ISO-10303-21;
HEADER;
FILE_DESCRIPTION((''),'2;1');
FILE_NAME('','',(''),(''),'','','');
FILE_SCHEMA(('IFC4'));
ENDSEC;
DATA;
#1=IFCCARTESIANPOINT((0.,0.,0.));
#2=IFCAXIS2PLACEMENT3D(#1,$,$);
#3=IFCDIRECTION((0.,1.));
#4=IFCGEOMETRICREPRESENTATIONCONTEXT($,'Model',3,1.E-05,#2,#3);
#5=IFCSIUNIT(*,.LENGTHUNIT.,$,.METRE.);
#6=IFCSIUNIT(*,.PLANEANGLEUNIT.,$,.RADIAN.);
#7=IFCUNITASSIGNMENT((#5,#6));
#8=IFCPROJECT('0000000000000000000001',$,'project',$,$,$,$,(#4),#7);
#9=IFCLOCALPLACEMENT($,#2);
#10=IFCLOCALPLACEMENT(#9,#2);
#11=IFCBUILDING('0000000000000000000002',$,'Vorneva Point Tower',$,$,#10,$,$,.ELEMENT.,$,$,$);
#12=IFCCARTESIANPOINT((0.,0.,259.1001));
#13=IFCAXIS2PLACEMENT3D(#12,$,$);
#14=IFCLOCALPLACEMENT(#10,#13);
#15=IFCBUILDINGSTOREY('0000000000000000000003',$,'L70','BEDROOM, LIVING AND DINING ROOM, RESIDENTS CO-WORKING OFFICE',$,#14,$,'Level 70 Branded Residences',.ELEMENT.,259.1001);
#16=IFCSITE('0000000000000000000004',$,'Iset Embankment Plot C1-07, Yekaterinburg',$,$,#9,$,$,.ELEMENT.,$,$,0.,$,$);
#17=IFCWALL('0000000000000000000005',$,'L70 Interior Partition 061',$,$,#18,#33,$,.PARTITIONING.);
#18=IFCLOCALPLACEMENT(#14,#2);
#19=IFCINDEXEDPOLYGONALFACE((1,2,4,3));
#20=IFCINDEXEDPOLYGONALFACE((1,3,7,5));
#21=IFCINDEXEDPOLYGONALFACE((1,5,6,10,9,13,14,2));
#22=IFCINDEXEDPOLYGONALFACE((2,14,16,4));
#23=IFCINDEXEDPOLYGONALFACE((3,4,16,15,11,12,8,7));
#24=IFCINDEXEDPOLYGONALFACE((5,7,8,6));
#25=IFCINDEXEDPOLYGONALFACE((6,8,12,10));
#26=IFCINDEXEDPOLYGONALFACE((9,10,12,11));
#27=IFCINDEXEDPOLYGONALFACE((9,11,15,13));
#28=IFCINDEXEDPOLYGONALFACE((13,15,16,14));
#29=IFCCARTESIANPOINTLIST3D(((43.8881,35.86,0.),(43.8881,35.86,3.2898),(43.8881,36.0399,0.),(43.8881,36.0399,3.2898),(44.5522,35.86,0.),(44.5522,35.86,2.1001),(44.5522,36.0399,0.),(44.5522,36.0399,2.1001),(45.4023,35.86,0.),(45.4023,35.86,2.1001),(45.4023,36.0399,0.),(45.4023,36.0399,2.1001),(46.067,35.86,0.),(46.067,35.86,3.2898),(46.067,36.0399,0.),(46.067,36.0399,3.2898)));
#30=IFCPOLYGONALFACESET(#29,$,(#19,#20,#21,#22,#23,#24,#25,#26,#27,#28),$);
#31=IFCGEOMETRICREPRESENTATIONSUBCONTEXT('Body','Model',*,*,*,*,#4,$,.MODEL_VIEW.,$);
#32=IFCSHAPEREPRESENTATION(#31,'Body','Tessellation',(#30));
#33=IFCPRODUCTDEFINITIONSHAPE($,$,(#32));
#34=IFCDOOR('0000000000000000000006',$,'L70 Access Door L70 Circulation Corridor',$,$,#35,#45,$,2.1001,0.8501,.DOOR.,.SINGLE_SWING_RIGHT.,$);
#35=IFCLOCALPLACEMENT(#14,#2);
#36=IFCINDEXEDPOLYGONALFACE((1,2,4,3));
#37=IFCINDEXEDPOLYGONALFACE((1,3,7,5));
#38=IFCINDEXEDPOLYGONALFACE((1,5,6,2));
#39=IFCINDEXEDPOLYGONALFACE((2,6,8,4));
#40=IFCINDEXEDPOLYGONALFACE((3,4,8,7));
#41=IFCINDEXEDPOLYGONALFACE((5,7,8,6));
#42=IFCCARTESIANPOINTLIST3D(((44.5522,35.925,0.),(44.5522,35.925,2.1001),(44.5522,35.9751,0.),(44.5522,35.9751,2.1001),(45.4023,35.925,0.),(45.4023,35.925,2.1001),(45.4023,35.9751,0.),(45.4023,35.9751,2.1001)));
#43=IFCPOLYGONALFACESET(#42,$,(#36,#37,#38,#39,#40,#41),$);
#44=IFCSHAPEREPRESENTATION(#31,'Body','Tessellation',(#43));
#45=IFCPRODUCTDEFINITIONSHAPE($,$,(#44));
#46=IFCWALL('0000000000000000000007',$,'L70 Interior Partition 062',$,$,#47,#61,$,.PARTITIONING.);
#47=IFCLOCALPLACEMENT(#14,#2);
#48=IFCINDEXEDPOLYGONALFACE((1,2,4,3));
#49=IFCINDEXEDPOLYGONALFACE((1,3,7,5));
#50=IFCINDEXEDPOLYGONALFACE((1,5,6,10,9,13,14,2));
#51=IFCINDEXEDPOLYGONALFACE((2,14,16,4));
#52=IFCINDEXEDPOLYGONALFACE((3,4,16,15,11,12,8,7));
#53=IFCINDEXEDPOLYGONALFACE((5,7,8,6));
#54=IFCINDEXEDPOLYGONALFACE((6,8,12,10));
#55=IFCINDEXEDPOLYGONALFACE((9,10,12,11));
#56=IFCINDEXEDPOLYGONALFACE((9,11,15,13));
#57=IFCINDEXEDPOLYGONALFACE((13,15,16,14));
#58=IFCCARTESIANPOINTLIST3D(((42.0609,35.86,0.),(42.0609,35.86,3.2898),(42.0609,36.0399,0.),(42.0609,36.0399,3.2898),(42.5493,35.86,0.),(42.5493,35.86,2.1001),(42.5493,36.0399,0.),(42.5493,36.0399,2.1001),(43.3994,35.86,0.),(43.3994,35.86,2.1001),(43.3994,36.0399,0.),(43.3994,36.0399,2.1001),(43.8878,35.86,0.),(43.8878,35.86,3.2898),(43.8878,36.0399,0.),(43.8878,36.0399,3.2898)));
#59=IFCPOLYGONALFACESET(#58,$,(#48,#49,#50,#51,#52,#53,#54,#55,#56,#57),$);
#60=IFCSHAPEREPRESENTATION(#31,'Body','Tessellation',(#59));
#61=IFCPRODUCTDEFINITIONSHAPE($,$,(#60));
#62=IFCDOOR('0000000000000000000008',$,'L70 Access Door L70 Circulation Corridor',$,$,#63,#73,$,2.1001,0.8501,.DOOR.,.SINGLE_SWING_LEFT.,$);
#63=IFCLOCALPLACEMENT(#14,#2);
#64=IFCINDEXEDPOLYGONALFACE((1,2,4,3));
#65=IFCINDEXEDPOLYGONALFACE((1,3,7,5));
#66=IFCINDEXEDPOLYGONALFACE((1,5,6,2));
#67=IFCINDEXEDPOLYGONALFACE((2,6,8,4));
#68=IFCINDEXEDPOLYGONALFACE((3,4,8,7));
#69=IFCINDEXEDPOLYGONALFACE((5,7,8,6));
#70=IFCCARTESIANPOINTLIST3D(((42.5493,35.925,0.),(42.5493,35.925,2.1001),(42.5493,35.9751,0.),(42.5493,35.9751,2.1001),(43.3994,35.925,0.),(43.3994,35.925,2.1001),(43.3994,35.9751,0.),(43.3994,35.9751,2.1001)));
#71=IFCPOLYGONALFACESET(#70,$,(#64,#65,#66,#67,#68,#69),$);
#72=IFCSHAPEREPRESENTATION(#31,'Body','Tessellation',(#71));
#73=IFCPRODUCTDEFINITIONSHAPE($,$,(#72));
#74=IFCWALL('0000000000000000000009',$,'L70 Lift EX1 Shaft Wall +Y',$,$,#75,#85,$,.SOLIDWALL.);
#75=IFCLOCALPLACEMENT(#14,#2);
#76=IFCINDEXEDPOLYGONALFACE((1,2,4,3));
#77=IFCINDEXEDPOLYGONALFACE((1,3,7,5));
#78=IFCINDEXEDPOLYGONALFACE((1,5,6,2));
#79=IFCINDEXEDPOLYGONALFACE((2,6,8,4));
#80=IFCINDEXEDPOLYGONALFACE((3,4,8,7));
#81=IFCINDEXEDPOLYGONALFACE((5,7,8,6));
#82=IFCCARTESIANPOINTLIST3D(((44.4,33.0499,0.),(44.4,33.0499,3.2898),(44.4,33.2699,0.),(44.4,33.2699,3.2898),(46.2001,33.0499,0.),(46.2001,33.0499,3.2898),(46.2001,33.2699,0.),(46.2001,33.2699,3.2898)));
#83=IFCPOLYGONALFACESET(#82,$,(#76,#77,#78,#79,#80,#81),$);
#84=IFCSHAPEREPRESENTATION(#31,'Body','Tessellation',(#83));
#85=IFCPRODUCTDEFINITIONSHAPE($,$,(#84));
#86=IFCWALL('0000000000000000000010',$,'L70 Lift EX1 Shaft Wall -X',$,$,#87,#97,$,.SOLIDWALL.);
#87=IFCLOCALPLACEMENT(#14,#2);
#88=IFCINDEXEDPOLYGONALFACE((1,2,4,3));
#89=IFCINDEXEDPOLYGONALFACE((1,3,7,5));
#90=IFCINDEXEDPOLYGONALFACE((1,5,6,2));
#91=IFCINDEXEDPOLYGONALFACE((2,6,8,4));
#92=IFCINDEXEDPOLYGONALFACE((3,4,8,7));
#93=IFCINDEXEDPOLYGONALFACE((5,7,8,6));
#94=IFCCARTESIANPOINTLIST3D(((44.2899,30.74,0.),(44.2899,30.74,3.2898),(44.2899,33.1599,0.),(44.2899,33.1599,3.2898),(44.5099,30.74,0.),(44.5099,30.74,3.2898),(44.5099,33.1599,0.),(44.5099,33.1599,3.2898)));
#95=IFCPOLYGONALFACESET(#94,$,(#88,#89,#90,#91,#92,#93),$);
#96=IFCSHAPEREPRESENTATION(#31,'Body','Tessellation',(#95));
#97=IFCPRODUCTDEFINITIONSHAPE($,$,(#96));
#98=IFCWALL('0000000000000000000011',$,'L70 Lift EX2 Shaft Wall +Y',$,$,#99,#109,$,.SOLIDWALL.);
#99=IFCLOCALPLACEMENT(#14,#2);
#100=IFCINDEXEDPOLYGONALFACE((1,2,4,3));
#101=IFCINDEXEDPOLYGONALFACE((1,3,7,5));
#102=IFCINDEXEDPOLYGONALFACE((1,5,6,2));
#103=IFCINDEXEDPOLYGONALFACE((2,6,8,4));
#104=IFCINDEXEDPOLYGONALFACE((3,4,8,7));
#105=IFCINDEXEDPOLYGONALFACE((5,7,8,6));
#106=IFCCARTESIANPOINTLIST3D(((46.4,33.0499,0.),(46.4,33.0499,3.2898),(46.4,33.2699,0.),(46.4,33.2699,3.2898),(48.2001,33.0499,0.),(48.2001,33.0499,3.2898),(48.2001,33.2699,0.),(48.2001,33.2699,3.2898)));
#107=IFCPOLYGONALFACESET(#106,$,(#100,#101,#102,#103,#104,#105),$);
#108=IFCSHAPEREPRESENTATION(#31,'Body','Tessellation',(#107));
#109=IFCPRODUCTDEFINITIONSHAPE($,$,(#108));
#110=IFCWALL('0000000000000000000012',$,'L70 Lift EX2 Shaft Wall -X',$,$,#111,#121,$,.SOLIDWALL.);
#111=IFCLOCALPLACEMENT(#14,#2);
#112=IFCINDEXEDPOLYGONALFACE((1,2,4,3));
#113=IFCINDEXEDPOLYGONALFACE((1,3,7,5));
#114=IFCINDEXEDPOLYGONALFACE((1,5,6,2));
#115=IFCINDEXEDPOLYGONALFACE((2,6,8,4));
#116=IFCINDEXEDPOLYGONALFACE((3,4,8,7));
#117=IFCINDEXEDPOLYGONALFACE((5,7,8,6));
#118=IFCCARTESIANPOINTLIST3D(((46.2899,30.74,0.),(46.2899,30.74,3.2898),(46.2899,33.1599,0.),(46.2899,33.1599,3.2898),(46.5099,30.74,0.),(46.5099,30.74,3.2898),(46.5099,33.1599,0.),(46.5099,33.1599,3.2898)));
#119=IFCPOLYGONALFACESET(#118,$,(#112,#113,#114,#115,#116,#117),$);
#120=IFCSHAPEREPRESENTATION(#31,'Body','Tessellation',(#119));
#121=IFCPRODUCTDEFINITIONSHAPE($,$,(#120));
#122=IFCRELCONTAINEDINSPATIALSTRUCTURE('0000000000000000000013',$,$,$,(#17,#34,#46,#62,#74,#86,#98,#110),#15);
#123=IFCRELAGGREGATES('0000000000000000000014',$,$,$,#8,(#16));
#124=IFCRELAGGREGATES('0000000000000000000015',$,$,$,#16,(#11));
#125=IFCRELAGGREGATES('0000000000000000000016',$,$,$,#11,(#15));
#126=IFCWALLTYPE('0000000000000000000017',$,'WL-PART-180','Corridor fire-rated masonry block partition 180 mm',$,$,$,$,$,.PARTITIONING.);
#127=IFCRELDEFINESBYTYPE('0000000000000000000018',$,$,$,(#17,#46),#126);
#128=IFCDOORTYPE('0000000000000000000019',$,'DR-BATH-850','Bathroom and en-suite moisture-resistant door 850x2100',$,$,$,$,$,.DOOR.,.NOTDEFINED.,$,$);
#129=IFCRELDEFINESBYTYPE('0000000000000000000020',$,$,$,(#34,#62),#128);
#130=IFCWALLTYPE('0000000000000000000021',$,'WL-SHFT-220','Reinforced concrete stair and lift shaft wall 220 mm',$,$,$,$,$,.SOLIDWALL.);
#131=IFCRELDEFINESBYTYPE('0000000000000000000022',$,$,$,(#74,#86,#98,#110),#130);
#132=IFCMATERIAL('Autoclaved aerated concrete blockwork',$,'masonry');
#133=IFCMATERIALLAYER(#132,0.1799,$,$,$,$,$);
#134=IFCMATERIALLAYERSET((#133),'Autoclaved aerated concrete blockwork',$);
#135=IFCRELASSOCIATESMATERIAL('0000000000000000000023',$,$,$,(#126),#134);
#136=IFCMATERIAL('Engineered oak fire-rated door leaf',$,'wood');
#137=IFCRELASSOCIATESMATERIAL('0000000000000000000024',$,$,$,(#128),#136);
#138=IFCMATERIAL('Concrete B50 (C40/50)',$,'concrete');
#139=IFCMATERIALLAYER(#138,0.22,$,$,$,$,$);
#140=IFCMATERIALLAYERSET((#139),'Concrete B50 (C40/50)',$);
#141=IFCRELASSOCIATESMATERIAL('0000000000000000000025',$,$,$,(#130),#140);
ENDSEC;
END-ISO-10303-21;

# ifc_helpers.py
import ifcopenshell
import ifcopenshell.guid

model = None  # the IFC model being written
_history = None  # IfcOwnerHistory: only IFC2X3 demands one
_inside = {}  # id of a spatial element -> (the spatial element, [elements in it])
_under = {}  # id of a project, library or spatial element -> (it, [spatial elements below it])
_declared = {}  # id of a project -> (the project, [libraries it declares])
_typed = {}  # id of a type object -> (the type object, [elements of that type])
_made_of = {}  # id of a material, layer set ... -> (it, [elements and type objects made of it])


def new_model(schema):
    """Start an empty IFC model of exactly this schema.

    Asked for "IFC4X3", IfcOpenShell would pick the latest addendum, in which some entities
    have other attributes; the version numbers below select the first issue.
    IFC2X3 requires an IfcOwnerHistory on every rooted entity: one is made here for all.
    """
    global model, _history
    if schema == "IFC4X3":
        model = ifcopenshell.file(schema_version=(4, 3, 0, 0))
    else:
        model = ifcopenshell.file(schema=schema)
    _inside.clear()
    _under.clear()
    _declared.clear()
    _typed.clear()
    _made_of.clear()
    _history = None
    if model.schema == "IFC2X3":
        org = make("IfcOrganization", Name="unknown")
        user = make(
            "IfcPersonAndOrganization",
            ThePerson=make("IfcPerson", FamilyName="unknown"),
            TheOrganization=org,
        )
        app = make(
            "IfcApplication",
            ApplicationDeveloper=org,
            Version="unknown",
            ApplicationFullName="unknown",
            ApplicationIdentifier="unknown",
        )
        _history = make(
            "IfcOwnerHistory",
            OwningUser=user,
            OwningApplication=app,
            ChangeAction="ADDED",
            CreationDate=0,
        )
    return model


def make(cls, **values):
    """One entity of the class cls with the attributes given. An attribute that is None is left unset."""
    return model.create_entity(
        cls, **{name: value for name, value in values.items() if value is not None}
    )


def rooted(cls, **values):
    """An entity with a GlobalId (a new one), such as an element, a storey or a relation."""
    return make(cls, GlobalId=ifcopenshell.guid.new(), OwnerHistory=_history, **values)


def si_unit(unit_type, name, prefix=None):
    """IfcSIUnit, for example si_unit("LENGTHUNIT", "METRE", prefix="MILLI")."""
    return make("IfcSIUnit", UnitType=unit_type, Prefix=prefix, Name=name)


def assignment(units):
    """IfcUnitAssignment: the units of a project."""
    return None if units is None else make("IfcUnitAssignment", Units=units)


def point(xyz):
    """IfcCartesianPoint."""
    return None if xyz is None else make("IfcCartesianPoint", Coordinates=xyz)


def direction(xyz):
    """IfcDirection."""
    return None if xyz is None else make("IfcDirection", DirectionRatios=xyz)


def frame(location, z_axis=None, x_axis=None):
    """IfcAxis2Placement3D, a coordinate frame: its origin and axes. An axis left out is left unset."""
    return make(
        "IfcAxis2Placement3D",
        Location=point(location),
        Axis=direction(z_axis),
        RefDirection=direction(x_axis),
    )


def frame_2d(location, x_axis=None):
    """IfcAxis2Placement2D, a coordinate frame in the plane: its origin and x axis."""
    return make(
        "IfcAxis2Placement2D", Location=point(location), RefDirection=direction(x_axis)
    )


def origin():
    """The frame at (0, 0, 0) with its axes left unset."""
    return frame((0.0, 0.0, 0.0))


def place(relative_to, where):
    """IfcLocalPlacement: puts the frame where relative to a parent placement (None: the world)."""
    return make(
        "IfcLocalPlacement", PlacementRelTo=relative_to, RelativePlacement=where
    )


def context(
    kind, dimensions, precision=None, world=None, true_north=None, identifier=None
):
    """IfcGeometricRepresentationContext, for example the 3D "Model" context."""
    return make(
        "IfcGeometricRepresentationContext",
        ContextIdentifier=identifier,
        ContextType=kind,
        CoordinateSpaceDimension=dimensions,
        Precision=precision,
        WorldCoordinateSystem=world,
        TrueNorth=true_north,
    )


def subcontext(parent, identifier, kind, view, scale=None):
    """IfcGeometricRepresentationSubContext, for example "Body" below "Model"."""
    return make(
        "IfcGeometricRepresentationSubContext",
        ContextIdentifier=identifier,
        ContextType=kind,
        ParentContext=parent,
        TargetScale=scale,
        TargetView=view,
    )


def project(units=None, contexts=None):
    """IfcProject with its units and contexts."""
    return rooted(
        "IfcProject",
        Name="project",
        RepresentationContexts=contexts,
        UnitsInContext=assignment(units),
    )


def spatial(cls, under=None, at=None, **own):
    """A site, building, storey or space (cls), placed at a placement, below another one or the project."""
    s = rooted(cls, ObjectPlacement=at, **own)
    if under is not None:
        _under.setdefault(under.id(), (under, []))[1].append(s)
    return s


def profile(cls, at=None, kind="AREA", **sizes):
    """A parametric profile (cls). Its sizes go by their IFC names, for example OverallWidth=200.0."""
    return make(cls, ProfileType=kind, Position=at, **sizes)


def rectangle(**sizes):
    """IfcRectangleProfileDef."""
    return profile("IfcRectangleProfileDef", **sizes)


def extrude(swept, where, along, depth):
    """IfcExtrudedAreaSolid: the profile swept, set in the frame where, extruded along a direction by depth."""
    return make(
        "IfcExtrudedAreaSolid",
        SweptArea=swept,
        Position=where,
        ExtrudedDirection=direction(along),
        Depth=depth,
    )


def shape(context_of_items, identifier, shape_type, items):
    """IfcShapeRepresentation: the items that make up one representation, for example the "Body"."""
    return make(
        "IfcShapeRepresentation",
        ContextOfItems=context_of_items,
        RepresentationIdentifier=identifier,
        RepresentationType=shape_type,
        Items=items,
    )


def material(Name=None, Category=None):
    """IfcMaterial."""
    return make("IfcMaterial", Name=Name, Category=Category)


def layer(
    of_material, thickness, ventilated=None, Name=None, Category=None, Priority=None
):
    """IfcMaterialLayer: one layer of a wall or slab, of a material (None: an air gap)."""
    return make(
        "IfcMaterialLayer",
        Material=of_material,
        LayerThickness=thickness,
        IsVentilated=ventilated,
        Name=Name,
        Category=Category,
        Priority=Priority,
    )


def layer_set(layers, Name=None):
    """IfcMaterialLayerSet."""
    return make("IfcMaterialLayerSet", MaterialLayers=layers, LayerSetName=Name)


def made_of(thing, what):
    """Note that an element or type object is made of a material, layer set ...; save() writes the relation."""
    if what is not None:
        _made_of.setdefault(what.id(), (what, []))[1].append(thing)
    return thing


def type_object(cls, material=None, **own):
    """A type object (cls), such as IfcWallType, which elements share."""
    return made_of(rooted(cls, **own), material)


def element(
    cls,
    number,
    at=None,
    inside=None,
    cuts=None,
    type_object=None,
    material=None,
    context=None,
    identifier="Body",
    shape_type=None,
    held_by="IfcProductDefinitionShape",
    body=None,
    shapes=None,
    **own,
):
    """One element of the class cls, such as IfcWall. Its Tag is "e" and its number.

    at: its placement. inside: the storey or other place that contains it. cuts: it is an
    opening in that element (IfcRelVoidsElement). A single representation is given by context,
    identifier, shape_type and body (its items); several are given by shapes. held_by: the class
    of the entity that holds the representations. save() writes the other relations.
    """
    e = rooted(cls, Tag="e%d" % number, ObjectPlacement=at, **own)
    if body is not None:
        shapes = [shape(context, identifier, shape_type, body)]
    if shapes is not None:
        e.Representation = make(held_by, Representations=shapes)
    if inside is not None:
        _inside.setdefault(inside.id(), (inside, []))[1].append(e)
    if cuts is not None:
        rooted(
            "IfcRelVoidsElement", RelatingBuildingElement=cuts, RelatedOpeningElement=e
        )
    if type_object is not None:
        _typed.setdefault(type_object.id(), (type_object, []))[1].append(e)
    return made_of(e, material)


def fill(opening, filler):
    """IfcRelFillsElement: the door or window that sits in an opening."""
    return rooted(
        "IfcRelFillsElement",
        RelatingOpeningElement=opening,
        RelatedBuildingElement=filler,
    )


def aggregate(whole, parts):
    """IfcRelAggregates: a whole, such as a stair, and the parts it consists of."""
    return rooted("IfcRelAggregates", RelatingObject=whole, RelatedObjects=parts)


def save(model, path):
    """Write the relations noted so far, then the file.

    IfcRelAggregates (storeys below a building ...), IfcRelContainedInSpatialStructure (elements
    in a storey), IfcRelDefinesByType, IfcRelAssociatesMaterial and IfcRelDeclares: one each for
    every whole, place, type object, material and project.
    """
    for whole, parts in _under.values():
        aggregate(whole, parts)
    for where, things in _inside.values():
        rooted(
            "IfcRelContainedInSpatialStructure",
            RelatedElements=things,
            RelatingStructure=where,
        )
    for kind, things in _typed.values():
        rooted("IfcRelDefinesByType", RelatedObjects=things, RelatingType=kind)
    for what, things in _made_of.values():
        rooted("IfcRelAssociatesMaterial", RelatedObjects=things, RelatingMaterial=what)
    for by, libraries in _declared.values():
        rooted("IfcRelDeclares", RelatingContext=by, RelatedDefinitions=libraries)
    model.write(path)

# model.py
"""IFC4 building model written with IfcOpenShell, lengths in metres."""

from ifc_helpers import new_model, si_unit, direction, frame, frame_2d, origin, place, context, subcontext, project, spatial, rectangle, extrude, material, layer, layer_set, type_object, element, fill, save


model = new_model("IFC4")

# Units and contexts
model_context = context("Model", 3, precision=1e-05, world=origin(), true_north=direction((0.0, 1.0)))
body_context = subcontext(model_context, "Body", "Model", "MODEL_VIEW")
ifc_project = project(units=[si_unit("LENGTHUNIT", "METRE"), si_unit("PLANEANGLEUNIT", "RADIAN")], contexts=[model_context])

# Site, building, storey
site_placement = place(None, origin())
site = spatial("IfcSite", under=ifc_project, at=site_placement, Name="Iset Embankment Plot C1-07, Yekaterinburg", CompositionType="ELEMENT", RefElevation=0.0)
building_placement = place(site_placement, origin())
building = spatial("IfcBuilding", under=site, at=building_placement, Name="Vorneva Point Tower", CompositionType="ELEMENT")
storey_placement = place(building_placement, frame((0.0, 0.0, 259.1001)))
storey = spatial("IfcBuildingStorey", under=building, at=storey_placement, Name="L70", Description="BEDROOM, LIVING AND DINING ROOM, RESIDENTS CO-WORKING OFFICE", LongName="Level 70 Branded Residences", CompositionType="ELEMENT", Elevation=259.1001)

# Shared definitions
ifc_material_1 = material(Name="Concrete B50 (C40/50)", Category="concrete")

# Shared definitions
ifc_material_2 = material(Name="Autoclaved aerated concrete blockwork", Category="masonry")
ifc_layer_1 = layer(ifc_material_2, 0.1799)
ifc_layer_set_1 = layer_set([ifc_layer_1], Name="Autoclaved aerated concrete blockwork")
wall_type_1 = type_object("IfcWallType", Name="WL-PART-180", Description="Corridor fire-rated masonry block partition 180 mm", PredefinedType="PARTITIONING", material=ifc_layer_set_1)
ifc_material_3 = material(Name="Engineered oak fire-rated door leaf", Category="wood")
door_type = type_object("IfcDoorType", Name="DR-BATH-850", Description="Bathroom and en-suite moisture-resistant door 850x2100", OperationType="NOTDEFINED", PredefinedType="DOOR", material=ifc_material_3)

# Walls, openings, doors
wall_1_placement = place(storey_placement, frame((46.0669, 35.95, 0.0), z_axis=(0.0, 0.0, 1.0), x_axis=(-1.0, 0.0, 0.0)))
wall_1 = element("IfcWall", 1, at=wall_1_placement, inside=storey, type_object=wall_type_1, Name="L70 Interior Partition 061", PredefinedType="PARTITIONING", context=body_context, shape_type="SweptSolid", body=[
    extrude(rectangle(XDim=2.179, YDim=0.1799, at=frame_2d((1.0894, 0.0))), origin(), (0.0, 0.0, 1.0), 3.2898),
])
opening_1_placement = place(wall_1_placement, frame((0.6646, 0.0, 0.0)))
opening_1 = element("IfcOpeningElement", 2, at=opening_1_placement, cuts=wall_1, PredefinedType="OPENING", context=body_context, shape_type="SweptSolid", body=[
    extrude(rectangle(XDim=0.8501, YDim=2.1001, at=frame_2d((0.425, 1.05))), frame((0.0, 0.105, 0.0), z_axis=(0.0, -1.0, 0.0), x_axis=(1.0, 0.0, 0.0)), (0.0, 0.0, 1.0), 0.2097),
])
door_1_placement = place(opening_1_placement, origin())
door_1 = element("IfcDoor", 3, at=door_1_placement, inside=storey, type_object=door_type, Name="L70 Access Door L70 Circulation Corridor", OperationType="SINGLE_SWING_RIGHT", OverallHeight=2.1001, OverallWidth=0.8501, PredefinedType="DOOR", context=body_context, shape_type="SweptSolid", body=[
    extrude(rectangle(XDim=0.8501, YDim=2.1001, at=frame_2d((0.425, 1.05))), frame((0.0, 0.0249, 0.0), z_axis=(0.0, -1.0, 0.0), x_axis=(1.0, 0.0, 0.0)), (0.0, 0.0, 1.0), 0.05),
])
fill(opening_1, door_1)
wall_2_placement = place(storey_placement, frame((43.8879, 35.95, 0.0), z_axis=(0.0, 0.0, 1.0), x_axis=(-1.0, 0.0, 0.0)))
wall_2 = element("IfcWall", 4, at=wall_2_placement, inside=storey, type_object=wall_type_1, Name="L70 Interior Partition 062", PredefinedType="PARTITIONING", context=body_context, shape_type="SweptSolid", body=[
    extrude(rectangle(XDim=1.8269, YDim=0.1799, at=frame_2d((0.9136, 0.0))), origin(), (0.0, 0.0, 1.0), 3.2898),
])
opening_2_placement = place(wall_2_placement, frame((0.4885, 0.0, 0.0)))
opening_2 = element("IfcOpeningElement", 5, at=opening_2_placement, cuts=wall_2, PredefinedType="OPENING", context=body_context, shape_type="SweptSolid", body=[
    extrude(rectangle(XDim=0.8501, YDim=2.1001, at=frame_2d((0.425, 1.05))), frame((0.0, 0.105, 0.0), z_axis=(0.0, -1.0, 0.0), x_axis=(1.0, 0.0, 0.0)), (0.0, 0.0, 1.0), 0.2097),
])
door_2_placement = place(opening_2_placement, origin())
door_2 = element("IfcDoor", 6, at=door_2_placement, inside=storey, type_object=door_type, Name="L70 Access Door L70 Circulation Corridor", OperationType="SINGLE_SWING_LEFT", OverallHeight=2.1001, OverallWidth=0.8501, PredefinedType="DOOR", context=body_context, shape_type="SweptSolid", body=[
    extrude(rectangle(XDim=0.8501, YDim=2.1001, at=frame_2d((0.425, 1.05))), frame((0.0, 0.0249, 0.0), z_axis=(0.0, -1.0, 0.0), x_axis=(1.0, 0.0, 0.0)), (0.0, 0.0, 1.0), 0.05),
])
fill(opening_2, door_2)

# Walls
ifc_layer_2 = layer(ifc_material_1, 0.22)
ifc_layer_set_2 = layer_set([ifc_layer_2], Name="Concrete B50 (C40/50)")
wall_type_2 = type_object("IfcWallType", Name="WL-SHFT-220", Description="Reinforced concrete stair and lift shaft wall 220 mm", PredefinedType="SOLIDWALL", material=ifc_layer_set_2)
wall_3_placement = place(storey_placement, frame((46.2, 33.1599, 0.0), z_axis=(0.0, 0.0, 1.0), x_axis=(-1.0, 0.0, 0.0)))
element("IfcWall", 7, at=wall_3_placement, inside=storey, type_object=wall_type_2, Name="L70 Lift EX1 Shaft Wall +Y", PredefinedType="SOLIDWALL", context=body_context, shape_type="SweptSolid", body=[
    extrude(rectangle(XDim=1.8, YDim=0.22, at=frame_2d((0.8999, 0.0))), origin(), (0.0, 0.0, 1.0), 3.2898),
])
wall_4_placement = place(storey_placement, frame((44.3999, 33.1599, 0.0), z_axis=(0.0, 0.0, 1.0), x_axis=(0.0, -1.0, 0.0)))
element("IfcWall", 8, at=wall_4_placement, inside=storey, type_object=wall_type_2, Name="L70 Lift EX1 Shaft Wall -X", PredefinedType="SOLIDWALL", context=body_context, shape_type="SweptSolid", body=[
    extrude(rectangle(XDim=2.4199, YDim=0.22, at=frame_2d((1.21, 0.0))), origin(), (0.0, 0.0, 1.0), 3.2898),
])
wall_5_placement = place(storey_placement, frame((48.2, 33.1599, 0.0), z_axis=(0.0, 0.0, 1.0), x_axis=(-1.0, 0.0, 0.0)))
element("IfcWall", 9, at=wall_5_placement, inside=storey, type_object=wall_type_2, Name="L70 Lift EX2 Shaft Wall +Y", PredefinedType="SOLIDWALL", context=body_context, shape_type="SweptSolid", body=[
    extrude(rectangle(XDim=1.8, YDim=0.22, at=frame_2d((0.8999, 0.0))), origin(), (0.0, 0.0, 1.0), 3.2898),
])
wall_6_placement = place(storey_placement, frame((46.3999, 33.1599, 0.0), z_axis=(0.0, 0.0, 1.0), x_axis=(0.0, -1.0, 0.0)))
element("IfcWall", 10, at=wall_6_placement, inside=storey, type_object=wall_type_2, Name="L70 Lift EX2 Shaft Wall -X", PredefinedType="SOLIDWALL", context=body_context, shape_type="SweptSolid", body=[
    extrude(rectangle(XDim=2.4199, YDim=0.22, at=frame_2d((1.21, 0.0))), origin(), (0.0, 0.0, 1.0), 3.2898),
])

save(model, "model.ifc")
